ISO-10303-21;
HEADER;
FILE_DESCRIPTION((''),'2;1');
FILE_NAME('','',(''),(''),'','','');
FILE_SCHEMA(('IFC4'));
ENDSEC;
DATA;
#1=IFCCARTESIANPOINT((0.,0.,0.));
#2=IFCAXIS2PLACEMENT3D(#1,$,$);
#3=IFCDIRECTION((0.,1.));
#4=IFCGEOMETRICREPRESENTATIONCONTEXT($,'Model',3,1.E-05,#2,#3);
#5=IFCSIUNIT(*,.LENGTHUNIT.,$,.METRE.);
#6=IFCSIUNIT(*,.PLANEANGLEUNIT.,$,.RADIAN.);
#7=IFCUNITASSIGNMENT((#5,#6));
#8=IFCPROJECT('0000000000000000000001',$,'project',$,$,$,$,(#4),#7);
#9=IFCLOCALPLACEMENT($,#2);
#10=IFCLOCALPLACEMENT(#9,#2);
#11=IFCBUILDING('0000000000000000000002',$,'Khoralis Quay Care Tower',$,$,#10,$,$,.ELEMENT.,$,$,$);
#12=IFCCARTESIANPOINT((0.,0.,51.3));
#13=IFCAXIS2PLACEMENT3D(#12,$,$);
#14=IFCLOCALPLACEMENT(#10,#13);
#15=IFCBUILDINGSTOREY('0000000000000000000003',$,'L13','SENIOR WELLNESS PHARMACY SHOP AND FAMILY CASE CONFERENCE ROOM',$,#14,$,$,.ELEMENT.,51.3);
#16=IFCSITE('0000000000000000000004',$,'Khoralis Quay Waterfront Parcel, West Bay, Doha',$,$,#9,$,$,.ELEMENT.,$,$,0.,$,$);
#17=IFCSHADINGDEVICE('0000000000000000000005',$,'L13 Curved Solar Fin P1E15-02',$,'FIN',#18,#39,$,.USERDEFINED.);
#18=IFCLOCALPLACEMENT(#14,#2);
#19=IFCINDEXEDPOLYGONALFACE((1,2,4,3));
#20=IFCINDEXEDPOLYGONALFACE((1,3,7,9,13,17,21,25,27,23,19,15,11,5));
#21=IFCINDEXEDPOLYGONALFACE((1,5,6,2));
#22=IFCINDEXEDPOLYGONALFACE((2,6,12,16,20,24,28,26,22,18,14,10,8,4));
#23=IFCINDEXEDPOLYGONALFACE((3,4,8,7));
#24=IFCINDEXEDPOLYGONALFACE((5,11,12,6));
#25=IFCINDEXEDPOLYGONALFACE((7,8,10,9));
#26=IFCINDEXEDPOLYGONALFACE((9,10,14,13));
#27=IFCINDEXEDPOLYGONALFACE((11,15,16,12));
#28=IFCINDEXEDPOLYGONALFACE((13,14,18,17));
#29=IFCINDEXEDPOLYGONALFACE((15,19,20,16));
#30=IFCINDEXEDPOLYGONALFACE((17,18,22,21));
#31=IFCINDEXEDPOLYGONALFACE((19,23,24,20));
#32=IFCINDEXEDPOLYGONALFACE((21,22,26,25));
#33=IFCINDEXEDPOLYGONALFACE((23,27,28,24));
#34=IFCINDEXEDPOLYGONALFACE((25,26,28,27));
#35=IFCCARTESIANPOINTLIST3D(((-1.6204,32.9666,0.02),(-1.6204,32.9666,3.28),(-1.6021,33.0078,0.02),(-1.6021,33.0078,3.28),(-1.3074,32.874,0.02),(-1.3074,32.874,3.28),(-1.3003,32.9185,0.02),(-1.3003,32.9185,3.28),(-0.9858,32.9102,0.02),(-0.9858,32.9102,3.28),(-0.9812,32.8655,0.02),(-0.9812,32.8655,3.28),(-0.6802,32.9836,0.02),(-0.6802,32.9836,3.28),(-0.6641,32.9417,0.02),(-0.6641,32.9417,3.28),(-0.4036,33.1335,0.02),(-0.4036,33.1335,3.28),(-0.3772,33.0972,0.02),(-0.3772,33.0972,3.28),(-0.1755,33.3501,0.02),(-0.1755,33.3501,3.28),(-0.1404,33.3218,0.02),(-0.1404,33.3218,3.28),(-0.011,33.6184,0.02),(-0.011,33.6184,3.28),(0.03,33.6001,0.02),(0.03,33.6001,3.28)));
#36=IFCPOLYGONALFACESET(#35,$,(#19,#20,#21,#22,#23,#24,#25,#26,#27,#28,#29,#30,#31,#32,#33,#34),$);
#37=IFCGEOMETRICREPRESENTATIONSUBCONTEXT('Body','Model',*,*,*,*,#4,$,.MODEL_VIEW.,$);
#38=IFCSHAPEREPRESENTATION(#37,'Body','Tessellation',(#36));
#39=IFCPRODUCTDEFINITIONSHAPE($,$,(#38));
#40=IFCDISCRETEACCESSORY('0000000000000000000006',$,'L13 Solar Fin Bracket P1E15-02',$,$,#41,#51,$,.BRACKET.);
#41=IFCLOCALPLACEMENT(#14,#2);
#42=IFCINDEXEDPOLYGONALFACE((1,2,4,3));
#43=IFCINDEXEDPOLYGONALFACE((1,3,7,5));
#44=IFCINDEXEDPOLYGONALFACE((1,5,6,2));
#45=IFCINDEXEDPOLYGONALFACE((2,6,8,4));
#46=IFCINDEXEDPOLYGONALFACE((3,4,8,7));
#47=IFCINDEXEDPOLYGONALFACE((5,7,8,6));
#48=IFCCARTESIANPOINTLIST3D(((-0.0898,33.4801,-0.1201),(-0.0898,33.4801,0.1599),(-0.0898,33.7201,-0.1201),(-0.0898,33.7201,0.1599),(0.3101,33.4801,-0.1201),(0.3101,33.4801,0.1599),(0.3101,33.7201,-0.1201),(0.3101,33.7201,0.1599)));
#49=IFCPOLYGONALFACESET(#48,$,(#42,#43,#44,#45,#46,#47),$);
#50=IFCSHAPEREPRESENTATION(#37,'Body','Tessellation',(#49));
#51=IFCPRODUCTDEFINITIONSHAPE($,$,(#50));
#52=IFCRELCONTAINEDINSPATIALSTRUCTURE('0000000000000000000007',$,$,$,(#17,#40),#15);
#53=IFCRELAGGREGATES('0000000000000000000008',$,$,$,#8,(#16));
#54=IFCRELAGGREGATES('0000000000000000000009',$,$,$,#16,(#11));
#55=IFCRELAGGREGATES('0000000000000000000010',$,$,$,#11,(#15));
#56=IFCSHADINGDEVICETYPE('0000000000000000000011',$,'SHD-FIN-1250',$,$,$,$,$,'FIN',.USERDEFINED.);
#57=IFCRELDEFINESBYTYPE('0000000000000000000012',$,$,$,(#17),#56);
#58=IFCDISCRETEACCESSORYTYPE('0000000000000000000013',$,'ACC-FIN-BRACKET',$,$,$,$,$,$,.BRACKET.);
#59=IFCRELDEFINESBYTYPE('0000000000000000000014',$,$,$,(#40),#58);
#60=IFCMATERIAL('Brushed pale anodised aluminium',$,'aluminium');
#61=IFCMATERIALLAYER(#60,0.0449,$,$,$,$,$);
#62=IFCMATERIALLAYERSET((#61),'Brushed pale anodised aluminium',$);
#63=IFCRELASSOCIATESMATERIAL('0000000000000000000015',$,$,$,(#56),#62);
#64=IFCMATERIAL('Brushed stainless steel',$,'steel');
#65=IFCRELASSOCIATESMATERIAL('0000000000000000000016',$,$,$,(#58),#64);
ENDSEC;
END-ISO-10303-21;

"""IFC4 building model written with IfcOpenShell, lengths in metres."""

from ifc_helpers import new_model, si_unit, direction, frame, origin, origin_2d, place, context, subcontext, project, spatial, polyline, rectangle, outline, extrude, source, transform, mapped, material, layer, layer_set, type_object, element, save


model = new_model("IFC4")

# Units and contexts
model_context = context("Model", 3, precision=1e-05, world=origin(), true_north=direction((0.0, 1.0)))
body_context = subcontext(model_context, "Body", "Model", "MODEL_VIEW")
ifc_project = project(units=[si_unit("LENGTHUNIT", "METRE"), si_unit("PLANEANGLEUNIT", "RADIAN")], contexts=[model_context])

# Site, building, storey
site_placement = place(None, origin())
site = spatial("IfcSite", under=ifc_project, at=site_placement, Name="Khoralis Quay Waterfront Parcel, West Bay, Doha", CompositionType="ELEMENT", RefElevation=0.0)
building_placement = place(site_placement, origin())
building = spatial("IfcBuilding", under=site, at=building_placement, Name="Khoralis Quay Care Tower", CompositionType="ELEMENT")
storey_placement = place(building_placement, frame((0.0, 0.0, 51.3)))
storey = spatial("IfcBuildingStorey", under=building, at=storey_placement, Name="L13", Description="SENIOR WELLNESS PHARMACY SHOP AND FAMILY CASE CONFERENCE ROOM", CompositionType="ELEMENT", Elevation=51.3)

# Shading device
ifc_material_1 = material(Name="Brushed pale anodised aluminium", Category="aluminium")
ifc_layer_1 = layer(ifc_material_1, 0.0449)
ifc_layer_set_1 = layer_set([ifc_layer_1], Name="Brushed pale anodised aluminium")
shading_device_type = type_object("IfcShadingDeviceType", Name="SHD-FIN-1250", ElementType="FIN", PredefinedType="USERDEFINED", material=ifc_layer_set_1)
shared_shape_1 = source(origin(), body_context, "Body", "SweptSolid", [
    extrude(outline(polyline([(0.0, 0.0), (0.1704, 0.2783), (0.4072, 0.5029), (0.6941, 0.6584), (1.0112, 0.7346), (1.3374, 0.7261), (1.6504, 0.6335), (1.6321, 0.5923), (1.3303, 0.6816), (1.0159, 0.6899), (0.7102, 0.6165), (0.4336, 0.4666), (0.2056, 0.25), (0.041, -0.0183), (0.0, 0.0)])), origin(), (0.0, 0.0, 1.0), 3.26),
])
shading_device_placement = place(storey_placement, frame((0.03, 33.6001, 0.02), z_axis=(0.0, 0.0, 1.0), x_axis=(-1.0, 0.0, 0.0)))
element("IfcShadingDevice", 1, at=shading_device_placement, inside=storey, type_object=shading_device_type, Name="L13 Curved Solar Fin P1E15-02", ObjectType="FIN", PredefinedType="USERDEFINED", context=body_context, shape_type="MappedRepresentation", body=[
    mapped(shared_shape_1, transform((0.0, 0.0, 0.0), scale=1.0)),
])

# Discrete accessory
ifc_material_2 = material(Name="Brushed stainless steel", Category="steel")
discrete_accessory_type = type_object("IfcDiscreteAccessoryType", Name="ACC-FIN-BRACKET", PredefinedType="BRACKET", material=ifc_material_2)
shared_shape_2 = source(origin(), body_context, "Body", "SweptSolid", [
    extrude(rectangle(XDim=0.3999, YDim=0.24, at=origin_2d()), origin(), (0.0, 0.0, 1.0), 0.28),
])
discrete_accessory_placement = place(storey_placement, frame((0.1101, 33.6001, -0.1201), z_axis=(0.0, 0.0, 1.0), x_axis=(-1.0, 0.0, 0.0)))
element("IfcDiscreteAccessory", 2, at=discrete_accessory_placement, inside=storey, type_object=discrete_accessory_type, Name="L13 Solar Fin Bracket P1E15-02", PredefinedType="BRACKET", context=body_context, shape_type="MappedRepresentation", body=[
    mapped(shared_shape_2, transform((0.0, 0.0, 0.0), scale=1.0)),
])

save(model, "model.ifc")
